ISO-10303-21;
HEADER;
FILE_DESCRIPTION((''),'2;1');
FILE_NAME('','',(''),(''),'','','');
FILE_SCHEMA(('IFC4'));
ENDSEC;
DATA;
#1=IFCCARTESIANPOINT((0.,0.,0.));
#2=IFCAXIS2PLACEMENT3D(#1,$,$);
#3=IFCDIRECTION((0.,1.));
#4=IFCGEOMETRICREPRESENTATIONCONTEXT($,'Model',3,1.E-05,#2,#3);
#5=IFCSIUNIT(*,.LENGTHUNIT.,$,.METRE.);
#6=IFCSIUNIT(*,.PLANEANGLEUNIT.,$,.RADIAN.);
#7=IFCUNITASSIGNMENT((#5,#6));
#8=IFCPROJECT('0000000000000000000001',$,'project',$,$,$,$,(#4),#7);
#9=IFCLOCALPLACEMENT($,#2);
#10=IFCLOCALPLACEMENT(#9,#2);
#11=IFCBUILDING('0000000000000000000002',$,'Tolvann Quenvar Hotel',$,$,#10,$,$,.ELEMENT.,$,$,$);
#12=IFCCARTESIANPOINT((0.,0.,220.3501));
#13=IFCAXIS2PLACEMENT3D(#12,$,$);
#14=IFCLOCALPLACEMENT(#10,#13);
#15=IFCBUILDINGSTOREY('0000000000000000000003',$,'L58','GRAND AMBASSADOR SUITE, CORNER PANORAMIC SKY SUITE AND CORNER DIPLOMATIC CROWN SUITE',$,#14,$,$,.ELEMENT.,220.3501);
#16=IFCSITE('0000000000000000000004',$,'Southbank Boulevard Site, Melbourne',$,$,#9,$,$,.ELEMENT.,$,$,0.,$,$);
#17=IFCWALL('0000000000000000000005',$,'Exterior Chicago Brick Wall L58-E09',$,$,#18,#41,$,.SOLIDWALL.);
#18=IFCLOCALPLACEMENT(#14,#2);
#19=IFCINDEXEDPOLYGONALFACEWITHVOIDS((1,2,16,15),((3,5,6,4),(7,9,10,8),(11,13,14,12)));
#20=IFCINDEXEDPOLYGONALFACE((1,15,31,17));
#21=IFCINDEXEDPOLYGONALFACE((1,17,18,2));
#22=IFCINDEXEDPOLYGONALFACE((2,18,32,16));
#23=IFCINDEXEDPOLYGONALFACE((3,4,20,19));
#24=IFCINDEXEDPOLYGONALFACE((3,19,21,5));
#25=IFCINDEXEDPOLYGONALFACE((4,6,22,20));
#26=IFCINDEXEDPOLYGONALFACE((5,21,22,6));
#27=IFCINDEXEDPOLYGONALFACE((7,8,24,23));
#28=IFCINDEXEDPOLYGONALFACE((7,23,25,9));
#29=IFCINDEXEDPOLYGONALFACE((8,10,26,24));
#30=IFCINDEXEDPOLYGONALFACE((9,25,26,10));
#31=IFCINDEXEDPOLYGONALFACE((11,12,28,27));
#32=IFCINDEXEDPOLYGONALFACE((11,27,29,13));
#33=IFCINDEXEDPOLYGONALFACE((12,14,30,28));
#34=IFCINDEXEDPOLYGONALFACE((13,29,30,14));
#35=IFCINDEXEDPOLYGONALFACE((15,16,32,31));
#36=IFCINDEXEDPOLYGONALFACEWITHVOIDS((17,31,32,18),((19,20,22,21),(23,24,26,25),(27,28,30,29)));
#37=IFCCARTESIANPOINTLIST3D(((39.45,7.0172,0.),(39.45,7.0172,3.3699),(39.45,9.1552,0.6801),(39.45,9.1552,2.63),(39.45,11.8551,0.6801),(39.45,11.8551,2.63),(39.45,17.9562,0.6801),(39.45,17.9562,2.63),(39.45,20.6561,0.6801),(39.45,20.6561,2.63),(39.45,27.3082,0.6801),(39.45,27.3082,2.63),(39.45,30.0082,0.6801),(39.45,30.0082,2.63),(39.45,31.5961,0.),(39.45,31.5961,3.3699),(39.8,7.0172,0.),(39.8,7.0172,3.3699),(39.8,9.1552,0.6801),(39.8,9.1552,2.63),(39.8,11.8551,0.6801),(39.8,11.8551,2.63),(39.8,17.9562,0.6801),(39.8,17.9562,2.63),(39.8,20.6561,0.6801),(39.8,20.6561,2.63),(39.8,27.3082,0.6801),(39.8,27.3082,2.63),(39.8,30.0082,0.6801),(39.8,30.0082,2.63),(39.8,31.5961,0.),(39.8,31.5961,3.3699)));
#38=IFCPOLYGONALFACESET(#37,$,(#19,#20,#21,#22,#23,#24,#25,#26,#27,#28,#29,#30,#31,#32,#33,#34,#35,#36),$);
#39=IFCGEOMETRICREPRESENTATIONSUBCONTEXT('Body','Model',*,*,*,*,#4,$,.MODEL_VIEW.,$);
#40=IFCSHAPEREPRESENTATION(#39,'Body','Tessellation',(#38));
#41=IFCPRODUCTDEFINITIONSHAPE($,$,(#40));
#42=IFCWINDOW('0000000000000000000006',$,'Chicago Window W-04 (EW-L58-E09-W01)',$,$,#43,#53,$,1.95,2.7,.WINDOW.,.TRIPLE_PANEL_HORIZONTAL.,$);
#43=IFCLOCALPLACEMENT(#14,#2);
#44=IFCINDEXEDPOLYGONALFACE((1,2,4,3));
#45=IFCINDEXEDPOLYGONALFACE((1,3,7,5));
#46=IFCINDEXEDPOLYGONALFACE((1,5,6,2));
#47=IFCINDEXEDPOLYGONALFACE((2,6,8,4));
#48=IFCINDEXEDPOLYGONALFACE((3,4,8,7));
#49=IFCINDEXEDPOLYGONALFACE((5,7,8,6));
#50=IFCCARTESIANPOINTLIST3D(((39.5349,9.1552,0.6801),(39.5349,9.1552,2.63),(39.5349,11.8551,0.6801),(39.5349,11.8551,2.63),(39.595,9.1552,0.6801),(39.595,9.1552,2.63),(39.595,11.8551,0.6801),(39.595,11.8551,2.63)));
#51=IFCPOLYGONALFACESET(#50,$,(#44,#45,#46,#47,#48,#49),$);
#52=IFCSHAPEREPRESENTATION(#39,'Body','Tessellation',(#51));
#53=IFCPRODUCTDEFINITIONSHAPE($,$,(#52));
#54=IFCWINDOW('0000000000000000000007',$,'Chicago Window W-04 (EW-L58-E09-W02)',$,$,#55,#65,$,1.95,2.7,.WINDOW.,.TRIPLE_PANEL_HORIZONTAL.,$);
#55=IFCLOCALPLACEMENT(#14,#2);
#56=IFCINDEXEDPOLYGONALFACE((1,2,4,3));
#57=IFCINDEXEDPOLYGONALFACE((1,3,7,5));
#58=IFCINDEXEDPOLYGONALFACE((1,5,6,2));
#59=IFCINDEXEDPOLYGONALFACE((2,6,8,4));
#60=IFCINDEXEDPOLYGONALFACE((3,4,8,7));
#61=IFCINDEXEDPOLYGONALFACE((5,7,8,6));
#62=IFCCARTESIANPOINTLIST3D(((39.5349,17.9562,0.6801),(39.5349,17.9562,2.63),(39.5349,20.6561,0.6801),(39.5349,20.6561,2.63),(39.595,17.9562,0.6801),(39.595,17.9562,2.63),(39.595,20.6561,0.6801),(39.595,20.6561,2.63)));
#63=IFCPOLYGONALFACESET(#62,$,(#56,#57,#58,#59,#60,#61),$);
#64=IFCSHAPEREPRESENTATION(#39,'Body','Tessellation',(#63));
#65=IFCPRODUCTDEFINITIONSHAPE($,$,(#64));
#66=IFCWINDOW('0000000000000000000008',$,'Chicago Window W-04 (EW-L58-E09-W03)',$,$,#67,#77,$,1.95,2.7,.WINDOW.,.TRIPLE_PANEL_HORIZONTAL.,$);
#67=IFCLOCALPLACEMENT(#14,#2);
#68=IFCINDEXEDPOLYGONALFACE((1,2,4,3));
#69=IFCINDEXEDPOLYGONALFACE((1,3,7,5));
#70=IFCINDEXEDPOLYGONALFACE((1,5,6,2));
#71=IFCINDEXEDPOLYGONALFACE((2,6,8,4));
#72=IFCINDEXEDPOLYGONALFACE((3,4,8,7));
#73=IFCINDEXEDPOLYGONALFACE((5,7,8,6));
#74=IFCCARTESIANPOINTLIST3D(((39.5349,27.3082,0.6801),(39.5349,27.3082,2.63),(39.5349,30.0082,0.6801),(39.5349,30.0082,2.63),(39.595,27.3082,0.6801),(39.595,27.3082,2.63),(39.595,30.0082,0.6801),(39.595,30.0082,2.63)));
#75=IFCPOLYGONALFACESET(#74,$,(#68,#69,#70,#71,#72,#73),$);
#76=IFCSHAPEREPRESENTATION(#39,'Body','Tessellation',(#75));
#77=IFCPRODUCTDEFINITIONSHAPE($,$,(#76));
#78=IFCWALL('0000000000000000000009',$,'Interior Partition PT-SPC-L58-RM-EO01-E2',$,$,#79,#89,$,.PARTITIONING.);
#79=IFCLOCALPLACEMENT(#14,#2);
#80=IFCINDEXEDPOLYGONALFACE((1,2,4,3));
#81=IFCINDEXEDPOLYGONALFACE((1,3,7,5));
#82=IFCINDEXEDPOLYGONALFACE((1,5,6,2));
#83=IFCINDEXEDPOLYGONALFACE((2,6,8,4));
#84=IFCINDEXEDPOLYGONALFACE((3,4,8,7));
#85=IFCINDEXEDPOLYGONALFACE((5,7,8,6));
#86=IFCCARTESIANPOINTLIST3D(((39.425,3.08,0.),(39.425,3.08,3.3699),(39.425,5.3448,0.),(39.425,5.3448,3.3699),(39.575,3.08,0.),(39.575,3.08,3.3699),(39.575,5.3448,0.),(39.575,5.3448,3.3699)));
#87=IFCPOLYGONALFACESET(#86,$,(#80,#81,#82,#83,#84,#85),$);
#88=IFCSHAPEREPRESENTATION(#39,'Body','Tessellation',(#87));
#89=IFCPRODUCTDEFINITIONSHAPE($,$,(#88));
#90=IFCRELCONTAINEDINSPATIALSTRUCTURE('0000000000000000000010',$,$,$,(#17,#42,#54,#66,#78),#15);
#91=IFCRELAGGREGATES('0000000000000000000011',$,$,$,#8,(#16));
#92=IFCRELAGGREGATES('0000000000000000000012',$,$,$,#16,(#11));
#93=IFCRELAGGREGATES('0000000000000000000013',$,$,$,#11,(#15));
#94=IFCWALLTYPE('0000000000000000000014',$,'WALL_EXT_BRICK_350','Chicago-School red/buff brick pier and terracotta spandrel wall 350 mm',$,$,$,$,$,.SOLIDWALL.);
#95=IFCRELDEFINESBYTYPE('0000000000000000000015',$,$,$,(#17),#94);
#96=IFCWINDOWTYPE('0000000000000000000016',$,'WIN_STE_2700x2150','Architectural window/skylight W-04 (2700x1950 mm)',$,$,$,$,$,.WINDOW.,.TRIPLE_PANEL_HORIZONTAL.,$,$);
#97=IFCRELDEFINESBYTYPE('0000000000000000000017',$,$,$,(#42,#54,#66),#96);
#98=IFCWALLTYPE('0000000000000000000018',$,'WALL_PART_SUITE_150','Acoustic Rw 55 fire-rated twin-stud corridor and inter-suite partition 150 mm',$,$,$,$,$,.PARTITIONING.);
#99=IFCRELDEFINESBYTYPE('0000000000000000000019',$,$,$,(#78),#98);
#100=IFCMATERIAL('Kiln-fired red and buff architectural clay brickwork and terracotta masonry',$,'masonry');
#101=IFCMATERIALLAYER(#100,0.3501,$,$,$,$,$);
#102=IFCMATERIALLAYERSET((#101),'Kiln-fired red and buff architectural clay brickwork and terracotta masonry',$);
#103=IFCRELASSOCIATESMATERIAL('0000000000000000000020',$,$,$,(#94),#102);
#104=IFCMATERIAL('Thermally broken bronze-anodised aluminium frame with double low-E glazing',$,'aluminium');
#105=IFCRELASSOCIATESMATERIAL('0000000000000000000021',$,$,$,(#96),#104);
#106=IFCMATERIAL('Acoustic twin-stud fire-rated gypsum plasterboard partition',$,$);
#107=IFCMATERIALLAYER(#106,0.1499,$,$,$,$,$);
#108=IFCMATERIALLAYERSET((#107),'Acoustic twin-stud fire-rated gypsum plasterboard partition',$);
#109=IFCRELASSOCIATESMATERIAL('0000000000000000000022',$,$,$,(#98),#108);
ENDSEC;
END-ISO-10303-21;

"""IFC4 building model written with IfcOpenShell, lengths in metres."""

from ifc_helpers import new_model, si_unit, direction, frame, frame_2d, origin, place, context, subcontext, project, spatial, rectangle, extrude, source, transform, mapped, material, layer, layer_set, type_object, type_shapes, element, fill, save


model = new_model("IFC4")

# Units and contexts
model_context = context("Model", 3, precision=1e-05, world=origin(), true_north=direction((0.0, 1.0)))
body_context = subcontext(model_context, "Body", "Model", "MODEL_VIEW")
ifc_project = project(units=[si_unit("LENGTHUNIT", "METRE"), si_unit("PLANEANGLEUNIT", "RADIAN")], contexts=[model_context])

# Site, building, storey
site_placement = place(None, origin())
site = spatial("IfcSite", under=ifc_project, at=site_placement, Name="Southbank Boulevard Site, Melbourne", CompositionType="ELEMENT", RefElevation=0.0)
building_placement = place(site_placement, origin())
building = spatial("IfcBuilding", under=site, at=building_placement, Name="Tolvann Quenvar Hotel", CompositionType="ELEMENT")
storey_placement = place(building_placement, frame((0.0, 0.0, 220.3501)))
storey = spatial("IfcBuildingStorey", under=building, at=storey_placement, Name="L58", Description="GRAND AMBASSADOR SUITE, CORNER PANORAMIC SKY SUITE AND CORNER DIPLOMATIC CROWN SUITE", CompositionType="ELEMENT", Elevation=220.3501)

# Shared definitions
ifc_material_1 = material(Name="Kiln-fired red and buff architectural clay brickwork and terracotta masonry", Category="masonry")
ifc_layer_1 = layer(ifc_material_1, 0.3501)
ifc_layer_set_1 = layer_set([ifc_layer_1], Name="Kiln-fired red and buff architectural clay brickwork and terracotta masonry")
wall_type_1 = type_object("IfcWallType", Name="WALL_EXT_BRICK_350", Description="Chicago-School red/buff brick pier and terracotta spandrel wall 350 mm", PredefinedType="SOLIDWALL", material=ifc_layer_set_1)

# Wall, openings, windows
wall_1_placement = place(storey_placement, frame((39.625, 7.0171, 0.0), z_axis=(0.0, 0.0, 1.0), x_axis=(0.0, 1.0, 0.0)))
wall_1 = element("IfcWall", 1, at=wall_1_placement, inside=storey, type_object=wall_type_1, Name="Exterior Chicago Brick Wall L58-E09", PredefinedType="SOLIDWALL", context=body_context, shape_type="SweptSolid", body=[
    extrude(rectangle(XDim=24.5789, YDim=0.3501, at=frame_2d((12.2896, 0.0))), origin(), (0.0, 0.0, 1.0), 3.3699),
])
opening_1_placement = place(wall_1_placement, frame((2.1379, 0.0, 0.6799)))
opening_1 = element("IfcOpeningElement", 2, at=opening_1_placement, cuts=wall_1, PredefinedType="OPENING", context=body_context, shape_type="SweptSolid", body=[
    extrude(rectangle(XDim=2.7, YDim=1.95, at=frame_2d((1.3501, 0.9751))), frame((0.0, 0.1851, 0.0), z_axis=(0.0, -1.0, 0.0), x_axis=(1.0, 0.0, 0.0)), (0.0, 0.0, 1.0), 0.3701),
])
opening_2_placement = place(wall_1_placement, frame((10.939, 0.0, 0.6799)))
opening_2 = element("IfcOpeningElement", 3, at=opening_2_placement, cuts=wall_1, PredefinedType="OPENING", context=body_context, shape_type="SweptSolid", body=[
    extrude(rectangle(XDim=2.7, YDim=1.95, at=frame_2d((1.3501, 0.9751))), frame((0.0, 0.1851, 0.0), z_axis=(0.0, -1.0, 0.0), x_axis=(1.0, 0.0, 0.0)), (0.0, 0.0, 1.0), 0.3701),
])
opening_3_placement = place(wall_1_placement, frame((20.291, 0.0, 0.6799)))
opening_3 = element("IfcOpeningElement", 4, at=opening_3_placement, cuts=wall_1, PredefinedType="OPENING", context=body_context, shape_type="SweptSolid", body=[
    extrude(rectangle(XDim=2.7, YDim=1.95, at=frame_2d((1.3501, 0.9751))), frame((0.0, 0.1851, 0.0), z_axis=(0.0, -1.0, 0.0), x_axis=(1.0, 0.0, 0.0)), (0.0, 0.0, 1.0), 0.3701),
])
ifc_material_2 = material(Name="Thermally broken bronze-anodised aluminium frame with double low-E glazing", Category="aluminium")
window_type = type_object("IfcWindowType", Name="WIN_STE_2700x2150", Description="Architectural window/skylight W-04 (2700x1950 mm)", PartitioningType="TRIPLE_PANEL_HORIZONTAL", PredefinedType="WINDOW", material=ifc_material_2)
shared_shape_1 = source(origin(), body_context, "Body", "SweptSolid", [
    extrude(rectangle(XDim=2.7, YDim=1.95, at=frame_2d((1.3501, 0.9751))), frame((0.0, 0.0901, 0.0), z_axis=(0.0, -1.0, 0.0), x_axis=(1.0, 0.0, 0.0)), (0.0, 0.0, 1.0), 0.0601),
])
type_shapes(window_type, [shared_shape_1])
window_1_placement = place(opening_1_placement, origin())
window_1 = element("IfcWindow", 5, at=window_1_placement, inside=storey, type_object=window_type, Name="Chicago Window W-04 (EW-L58-E09-W01)", OverallHeight=1.95, OverallWidth=2.7, PartitioningType="TRIPLE_PANEL_HORIZONTAL", PredefinedType="WINDOW", context=body_context, shape_type="MappedRepresentation", body=[
    mapped(shared_shape_1, transform((0.0, 0.0, 0.0), x_axis=(1.0, 0.0, 0.0), y_axis=(0.0, 1.0, 0.0), z_axis=(0.0, 0.0, 1.0), scale=1.0)),
])
fill(opening_1, window_1)
window_2_placement = place(opening_2_placement, origin())
window_2 = element("IfcWindow", 6, at=window_2_placement, inside=storey, type_object=window_type, Name="Chicago Window W-04 (EW-L58-E09-W02)", OverallHeight=1.95, OverallWidth=2.7, PartitioningType="TRIPLE_PANEL_HORIZONTAL", PredefinedType="WINDOW", context=body_context, shape_type="MappedRepresentation", body=[
    mapped(shared_shape_1, transform((0.0, 0.0, 0.0), x_axis=(1.0, 0.0, 0.0), y_axis=(0.0, 1.0, 0.0), z_axis=(0.0, 0.0, 1.0), scale=1.0)),
])
fill(opening_2, window_2)
window_3_placement = place(opening_3_placement, origin())
window_3 = element("IfcWindow", 7, at=window_3_placement, inside=storey, type_object=window_type, Name="Chicago Window W-04 (EW-L58-E09-W03)", OverallHeight=1.95, OverallWidth=2.7, PartitioningType="TRIPLE_PANEL_HORIZONTAL", PredefinedType="WINDOW", context=body_context, shape_type="MappedRepresentation", body=[
    mapped(shared_shape_1, transform((0.0, 0.0, 0.0), x_axis=(1.0, 0.0, 0.0), y_axis=(0.0, 1.0, 0.0), z_axis=(0.0, 0.0, 1.0), scale=1.0)),
])
fill(opening_3, window_3)

# Wall
ifc_material_3 = material(Name="Acoustic twin-stud fire-rated gypsum plasterboard partition")
ifc_layer_2 = layer(ifc_material_3, 0.1499)
ifc_layer_set_2 = layer_set([ifc_layer_2], Name="Acoustic twin-stud fire-rated gypsum plasterboard partition")
wall_type_2 = type_object("IfcWallType", Name="WALL_PART_SUITE_150", Description="Acoustic Rw 55 fire-rated twin-stud corridor and inter-suite partition 150 mm", PredefinedType="PARTITIONING", material=ifc_layer_set_2)
wall_2_placement = place(storey_placement, frame((39.5, 3.0801, 0.0), z_axis=(0.0, 0.0, 1.0), x_axis=(0.0, 1.0, 0.0)))
element("IfcWall", 8, at=wall_2_placement, inside=storey, type_object=wall_type_2, Name="Interior Partition PT-SPC-L58-RM-EO01-E2", PredefinedType="PARTITIONING", context=body_context, shape_type="SweptSolid", body=[
    extrude(rectangle(XDim=2.2649, YDim=0.1499, at=frame_2d((1.1323, 0.0))), origin(), (0.0, 0.0, 1.0), 3.3699),
])

save(model, "model.ifc")
